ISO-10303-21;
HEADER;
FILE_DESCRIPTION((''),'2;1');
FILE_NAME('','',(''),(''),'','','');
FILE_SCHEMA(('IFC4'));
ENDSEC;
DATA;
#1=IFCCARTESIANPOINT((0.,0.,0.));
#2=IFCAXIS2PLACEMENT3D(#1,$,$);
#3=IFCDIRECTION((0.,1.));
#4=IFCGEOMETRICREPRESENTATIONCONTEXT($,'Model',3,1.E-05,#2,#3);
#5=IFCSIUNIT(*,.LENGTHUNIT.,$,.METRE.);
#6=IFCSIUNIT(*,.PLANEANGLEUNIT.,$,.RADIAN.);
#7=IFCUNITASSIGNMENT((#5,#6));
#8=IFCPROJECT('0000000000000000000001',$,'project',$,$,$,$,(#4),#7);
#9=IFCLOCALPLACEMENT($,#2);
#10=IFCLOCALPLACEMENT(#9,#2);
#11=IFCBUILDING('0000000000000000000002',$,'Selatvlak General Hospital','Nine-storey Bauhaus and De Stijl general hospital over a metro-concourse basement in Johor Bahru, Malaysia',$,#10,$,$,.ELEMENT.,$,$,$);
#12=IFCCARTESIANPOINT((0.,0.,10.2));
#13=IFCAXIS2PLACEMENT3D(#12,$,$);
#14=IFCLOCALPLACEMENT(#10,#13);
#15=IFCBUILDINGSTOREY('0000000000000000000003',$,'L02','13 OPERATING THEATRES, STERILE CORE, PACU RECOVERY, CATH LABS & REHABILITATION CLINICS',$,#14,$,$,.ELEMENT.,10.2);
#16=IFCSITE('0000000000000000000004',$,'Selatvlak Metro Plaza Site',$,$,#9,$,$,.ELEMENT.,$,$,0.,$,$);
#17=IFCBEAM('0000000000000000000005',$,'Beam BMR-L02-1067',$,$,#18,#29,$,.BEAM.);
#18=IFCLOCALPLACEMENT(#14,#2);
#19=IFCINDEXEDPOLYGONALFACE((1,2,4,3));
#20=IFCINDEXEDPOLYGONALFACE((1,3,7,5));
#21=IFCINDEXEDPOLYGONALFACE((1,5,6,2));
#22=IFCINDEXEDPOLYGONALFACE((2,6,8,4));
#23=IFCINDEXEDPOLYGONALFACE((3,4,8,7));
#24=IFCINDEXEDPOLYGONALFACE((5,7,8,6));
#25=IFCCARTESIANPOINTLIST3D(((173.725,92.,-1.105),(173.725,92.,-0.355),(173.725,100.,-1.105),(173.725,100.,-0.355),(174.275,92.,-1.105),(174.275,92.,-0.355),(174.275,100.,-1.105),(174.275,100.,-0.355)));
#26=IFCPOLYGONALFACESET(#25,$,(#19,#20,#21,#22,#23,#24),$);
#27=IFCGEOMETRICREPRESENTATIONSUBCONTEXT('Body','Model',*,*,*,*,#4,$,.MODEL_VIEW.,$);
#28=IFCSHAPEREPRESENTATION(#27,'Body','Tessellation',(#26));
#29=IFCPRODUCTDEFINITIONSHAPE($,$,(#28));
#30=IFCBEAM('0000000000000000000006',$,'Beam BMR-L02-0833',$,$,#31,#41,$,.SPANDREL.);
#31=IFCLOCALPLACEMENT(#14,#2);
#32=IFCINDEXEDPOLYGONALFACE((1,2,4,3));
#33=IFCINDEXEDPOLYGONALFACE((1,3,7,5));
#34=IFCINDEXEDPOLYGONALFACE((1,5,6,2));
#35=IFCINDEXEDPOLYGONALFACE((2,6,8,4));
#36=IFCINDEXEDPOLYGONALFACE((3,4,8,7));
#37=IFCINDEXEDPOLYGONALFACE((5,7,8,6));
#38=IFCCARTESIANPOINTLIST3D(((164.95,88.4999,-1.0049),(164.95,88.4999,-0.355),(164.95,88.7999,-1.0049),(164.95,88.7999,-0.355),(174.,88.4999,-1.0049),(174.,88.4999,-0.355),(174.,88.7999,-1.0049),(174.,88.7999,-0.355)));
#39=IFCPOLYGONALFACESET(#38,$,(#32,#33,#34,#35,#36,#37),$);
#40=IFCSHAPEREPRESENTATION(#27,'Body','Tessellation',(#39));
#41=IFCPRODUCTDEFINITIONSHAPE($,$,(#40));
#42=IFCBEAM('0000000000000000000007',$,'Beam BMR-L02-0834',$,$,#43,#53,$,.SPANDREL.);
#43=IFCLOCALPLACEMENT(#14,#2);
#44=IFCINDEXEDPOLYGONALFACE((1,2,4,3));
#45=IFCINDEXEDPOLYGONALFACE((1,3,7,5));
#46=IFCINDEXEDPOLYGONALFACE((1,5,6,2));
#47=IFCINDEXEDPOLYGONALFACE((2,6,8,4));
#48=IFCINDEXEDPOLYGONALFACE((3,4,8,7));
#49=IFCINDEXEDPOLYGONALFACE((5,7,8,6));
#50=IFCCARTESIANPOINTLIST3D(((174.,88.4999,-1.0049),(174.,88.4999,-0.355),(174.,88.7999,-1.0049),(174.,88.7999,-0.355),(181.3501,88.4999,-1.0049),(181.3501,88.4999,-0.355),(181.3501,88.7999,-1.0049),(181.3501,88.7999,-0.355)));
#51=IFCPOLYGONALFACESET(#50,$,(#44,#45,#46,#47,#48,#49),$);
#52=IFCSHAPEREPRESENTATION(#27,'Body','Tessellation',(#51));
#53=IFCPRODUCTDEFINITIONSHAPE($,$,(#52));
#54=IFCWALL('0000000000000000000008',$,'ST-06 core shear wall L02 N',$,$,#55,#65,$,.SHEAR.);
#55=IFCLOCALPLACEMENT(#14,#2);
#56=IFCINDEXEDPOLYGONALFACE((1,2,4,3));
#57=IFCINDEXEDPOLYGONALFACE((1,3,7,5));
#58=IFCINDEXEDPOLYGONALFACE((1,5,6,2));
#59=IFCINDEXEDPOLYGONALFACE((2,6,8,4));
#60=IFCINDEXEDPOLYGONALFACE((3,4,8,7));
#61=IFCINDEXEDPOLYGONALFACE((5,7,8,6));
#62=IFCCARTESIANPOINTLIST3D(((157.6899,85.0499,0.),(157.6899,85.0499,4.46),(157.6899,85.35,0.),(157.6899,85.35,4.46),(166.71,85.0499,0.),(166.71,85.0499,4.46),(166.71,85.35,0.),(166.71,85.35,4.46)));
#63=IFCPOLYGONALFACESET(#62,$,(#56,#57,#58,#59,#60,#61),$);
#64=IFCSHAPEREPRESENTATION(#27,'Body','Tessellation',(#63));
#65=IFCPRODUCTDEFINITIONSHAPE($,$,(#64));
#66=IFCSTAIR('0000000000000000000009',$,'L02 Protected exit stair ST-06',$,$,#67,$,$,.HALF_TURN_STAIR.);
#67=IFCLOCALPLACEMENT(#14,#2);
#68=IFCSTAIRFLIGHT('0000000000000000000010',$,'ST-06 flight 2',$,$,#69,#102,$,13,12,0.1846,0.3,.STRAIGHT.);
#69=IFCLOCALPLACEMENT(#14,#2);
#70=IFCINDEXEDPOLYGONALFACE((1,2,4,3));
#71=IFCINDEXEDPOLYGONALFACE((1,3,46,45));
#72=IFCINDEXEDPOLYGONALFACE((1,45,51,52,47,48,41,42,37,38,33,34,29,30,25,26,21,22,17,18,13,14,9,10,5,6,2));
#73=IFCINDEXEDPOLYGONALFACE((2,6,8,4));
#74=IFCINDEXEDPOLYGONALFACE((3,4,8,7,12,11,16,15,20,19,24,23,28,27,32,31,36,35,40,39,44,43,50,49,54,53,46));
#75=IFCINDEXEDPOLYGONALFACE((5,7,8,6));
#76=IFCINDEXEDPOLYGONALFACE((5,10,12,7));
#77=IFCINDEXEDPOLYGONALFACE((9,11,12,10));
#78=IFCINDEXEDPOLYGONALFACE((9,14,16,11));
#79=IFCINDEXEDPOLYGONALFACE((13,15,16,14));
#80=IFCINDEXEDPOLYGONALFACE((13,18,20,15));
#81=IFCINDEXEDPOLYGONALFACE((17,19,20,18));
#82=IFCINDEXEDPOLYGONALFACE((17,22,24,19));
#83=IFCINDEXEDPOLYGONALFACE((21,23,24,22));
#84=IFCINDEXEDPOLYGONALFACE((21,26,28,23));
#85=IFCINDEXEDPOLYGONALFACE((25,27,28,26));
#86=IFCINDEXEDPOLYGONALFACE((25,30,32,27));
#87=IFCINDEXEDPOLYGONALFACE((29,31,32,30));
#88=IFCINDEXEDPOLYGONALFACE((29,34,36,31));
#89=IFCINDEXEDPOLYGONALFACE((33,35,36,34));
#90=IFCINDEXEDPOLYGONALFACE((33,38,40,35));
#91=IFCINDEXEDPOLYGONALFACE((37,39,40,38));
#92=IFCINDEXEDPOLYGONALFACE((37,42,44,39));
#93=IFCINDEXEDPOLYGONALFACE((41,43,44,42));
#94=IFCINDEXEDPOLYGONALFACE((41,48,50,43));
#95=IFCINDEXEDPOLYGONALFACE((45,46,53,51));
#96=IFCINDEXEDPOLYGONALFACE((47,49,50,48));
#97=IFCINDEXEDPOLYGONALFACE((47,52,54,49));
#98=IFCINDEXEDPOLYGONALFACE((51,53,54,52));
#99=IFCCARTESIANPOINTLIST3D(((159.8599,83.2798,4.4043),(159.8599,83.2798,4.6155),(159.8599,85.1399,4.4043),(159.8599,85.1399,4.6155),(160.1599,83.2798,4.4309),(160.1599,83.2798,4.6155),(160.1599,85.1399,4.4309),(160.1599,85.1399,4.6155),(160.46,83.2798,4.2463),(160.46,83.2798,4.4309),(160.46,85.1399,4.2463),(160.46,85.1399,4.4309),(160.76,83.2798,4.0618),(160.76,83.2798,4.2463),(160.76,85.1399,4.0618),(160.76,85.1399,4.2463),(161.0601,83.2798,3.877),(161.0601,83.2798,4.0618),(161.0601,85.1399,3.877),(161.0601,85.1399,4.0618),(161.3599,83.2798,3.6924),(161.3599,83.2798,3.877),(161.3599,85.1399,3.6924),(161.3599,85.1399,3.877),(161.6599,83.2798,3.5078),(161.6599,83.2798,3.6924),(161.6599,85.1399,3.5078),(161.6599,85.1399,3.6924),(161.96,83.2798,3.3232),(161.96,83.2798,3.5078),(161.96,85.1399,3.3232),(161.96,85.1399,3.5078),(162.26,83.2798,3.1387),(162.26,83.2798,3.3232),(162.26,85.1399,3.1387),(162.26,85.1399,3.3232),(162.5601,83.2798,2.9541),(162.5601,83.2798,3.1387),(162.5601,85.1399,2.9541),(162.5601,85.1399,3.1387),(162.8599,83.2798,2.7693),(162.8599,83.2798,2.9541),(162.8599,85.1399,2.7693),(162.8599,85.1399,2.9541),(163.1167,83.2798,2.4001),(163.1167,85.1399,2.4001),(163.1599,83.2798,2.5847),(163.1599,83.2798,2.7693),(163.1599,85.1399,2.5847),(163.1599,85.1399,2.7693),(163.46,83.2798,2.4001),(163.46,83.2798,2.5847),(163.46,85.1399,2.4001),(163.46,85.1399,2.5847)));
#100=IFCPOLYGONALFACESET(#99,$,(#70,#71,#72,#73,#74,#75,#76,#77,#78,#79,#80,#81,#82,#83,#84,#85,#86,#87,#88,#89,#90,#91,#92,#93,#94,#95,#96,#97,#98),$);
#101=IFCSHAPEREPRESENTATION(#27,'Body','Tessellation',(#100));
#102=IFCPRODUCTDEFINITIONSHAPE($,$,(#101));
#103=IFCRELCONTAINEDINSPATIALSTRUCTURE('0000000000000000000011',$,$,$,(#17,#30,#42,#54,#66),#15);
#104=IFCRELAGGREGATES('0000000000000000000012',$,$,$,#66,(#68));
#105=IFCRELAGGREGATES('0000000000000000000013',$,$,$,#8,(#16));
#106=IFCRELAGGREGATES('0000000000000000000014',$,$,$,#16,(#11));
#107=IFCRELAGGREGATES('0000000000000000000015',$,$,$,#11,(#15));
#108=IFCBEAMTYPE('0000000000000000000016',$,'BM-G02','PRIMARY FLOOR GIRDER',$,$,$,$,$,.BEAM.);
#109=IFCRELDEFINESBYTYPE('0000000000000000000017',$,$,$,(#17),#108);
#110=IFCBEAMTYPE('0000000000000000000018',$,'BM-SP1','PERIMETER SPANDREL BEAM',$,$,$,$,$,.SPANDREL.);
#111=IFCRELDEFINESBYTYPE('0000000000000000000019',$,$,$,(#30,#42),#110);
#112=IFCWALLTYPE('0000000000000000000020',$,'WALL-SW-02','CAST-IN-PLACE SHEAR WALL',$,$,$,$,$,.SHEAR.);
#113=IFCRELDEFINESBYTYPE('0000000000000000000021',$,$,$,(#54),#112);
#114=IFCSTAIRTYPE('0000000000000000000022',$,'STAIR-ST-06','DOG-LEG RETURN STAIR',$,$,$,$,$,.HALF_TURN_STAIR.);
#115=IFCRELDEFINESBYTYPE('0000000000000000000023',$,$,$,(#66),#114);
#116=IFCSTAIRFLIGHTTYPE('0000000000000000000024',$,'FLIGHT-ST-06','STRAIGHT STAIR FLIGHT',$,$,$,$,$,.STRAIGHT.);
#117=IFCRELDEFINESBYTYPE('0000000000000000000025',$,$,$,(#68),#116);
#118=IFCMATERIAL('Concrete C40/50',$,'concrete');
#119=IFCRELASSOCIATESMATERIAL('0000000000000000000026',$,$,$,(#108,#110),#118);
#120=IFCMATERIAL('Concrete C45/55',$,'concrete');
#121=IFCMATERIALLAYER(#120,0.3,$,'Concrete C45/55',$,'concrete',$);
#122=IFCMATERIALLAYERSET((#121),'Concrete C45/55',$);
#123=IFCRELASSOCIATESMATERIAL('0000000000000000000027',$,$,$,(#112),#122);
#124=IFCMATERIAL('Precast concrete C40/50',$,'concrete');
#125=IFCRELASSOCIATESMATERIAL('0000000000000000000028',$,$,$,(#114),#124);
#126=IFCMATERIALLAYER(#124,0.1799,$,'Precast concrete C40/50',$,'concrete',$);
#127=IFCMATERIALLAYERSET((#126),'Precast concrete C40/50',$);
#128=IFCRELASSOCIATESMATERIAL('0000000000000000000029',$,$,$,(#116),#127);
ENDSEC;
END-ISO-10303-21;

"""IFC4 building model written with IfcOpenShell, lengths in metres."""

from ifc_helpers import new_model, si_unit, direction, frame, frame_2d, origin, origin_2d, place, context, subcontext, project, spatial, polyline, rectangle, outline, extrude, material, layer, layer_set, material_profile, profile_set, type_object, element, aggregate, save


model = new_model("IFC4")

# Units and contexts
model_context = context("Model", 3, precision=1e-05, world=origin(), true_north=direction((0.0, 1.0)))
body_context = subcontext(model_context, "Body", "Model", "MODEL_VIEW")
ifc_project = project(units=[si_unit("LENGTHUNIT", "METRE"), si_unit("PLANEANGLEUNIT", "RADIAN")], contexts=[model_context])

# Site, building, storey
site_placement = place(None, origin())
site = spatial("IfcSite", under=ifc_project, at=site_placement, Name="Selatvlak Metro Plaza Site", CompositionType="ELEMENT", RefElevation=0.0)
building_placement = place(site_placement, origin())
building = spatial("IfcBuilding", under=site, at=building_placement, Name="Selatvlak General Hospital", Description="Nine-storey Bauhaus and De Stijl general hospital over a metro-concourse basement in Johor Bahru, Malaysia", CompositionType="ELEMENT")
storey_placement = place(building_placement, frame((0.0, 0.0, 10.2)))
storey = spatial("IfcBuildingStorey", under=building, at=storey_placement, Name="L02", Description="13 OPERATING THEATRES, STERILE CORE, PACU RECOVERY, CATH LABS & REHABILITATION CLINICS", CompositionType="ELEMENT", Elevation=10.2)

# Beams
ifc_material_1 = material(Name="Concrete C40/50", Category="concrete")
ifc_material_profile_1 = material_profile(ifc_material_1, rectangle(XDim=0.55, YDim=0.75, at=origin_2d()), Name="RC-BM 550x750")
ifc_profile_set_1 = profile_set([ifc_material_profile_1], Name="Concrete C40/50")
beam_type_1 = type_object("IfcBeamType", Name="BM-G02", Description="PRIMARY FLOOR GIRDER", PredefinedType="BEAM", material=ifc_profile_set_1)
beam_1_placement = place(storey_placement, frame((174.0, 92.0, -0.73), z_axis=(0.0, 1.0, 0.0), x_axis=(-1.0, 0.0, 0.0)))
element("IfcBeam", 1, at=beam_1_placement, inside=storey, type_object=beam_type_1, Name="Beam BMR-L02-1067", PredefinedType="BEAM", context=body_context, shape_type="SweptSolid", body=[
    extrude(rectangle(XDim=0.55, YDim=0.75, at=origin_2d()), origin(), (0.0, 0.0, 1.0), 8.0),
])
ifc_material_profile_2 = material_profile(ifc_material_1, rectangle(XDim=0.3, YDim=0.6499, at=origin_2d()), Name="RC-SP 300x650")
ifc_profile_set_2 = profile_set([ifc_material_profile_2], Name="Concrete C40/50")
beam_type_2 = type_object("IfcBeamType", Name="BM-SP1", Description="PERIMETER SPANDREL BEAM", PredefinedType="SPANDREL", material=ifc_profile_set_2)
beam_2_placement = place(storey_placement, frame((164.95, 88.6499, -0.6799), z_axis=(1.0, 0.0, 0.0), x_axis=(0.0, 1.0, 0.0)))
element("IfcBeam", 2, at=beam_2_placement, inside=storey, type_object=beam_type_2, Name="Beam BMR-L02-0833", PredefinedType="SPANDREL", context=body_context, shape_type="SweptSolid", body=[
    extrude(rectangle(XDim=0.3, YDim=0.6499, at=origin_2d()), origin(), (0.0, 0.0, 1.0), 9.05),
])
beam_3_placement = place(storey_placement, frame((174.0, 88.6499, -0.6799), z_axis=(1.0, 0.0, 0.0), x_axis=(0.0, 1.0, 0.0)))
element("IfcBeam", 3, at=beam_3_placement, inside=storey, type_object=beam_type_2, Name="Beam BMR-L02-0834", PredefinedType="SPANDREL", context=body_context, shape_type="SweptSolid", body=[
    extrude(rectangle(XDim=0.3, YDim=0.6499, at=origin_2d()), origin(), (0.0, 0.0, 1.0), 7.3501),
])

# Wall
ifc_material_2 = material(Name="Concrete C45/55", Category="concrete")
ifc_layer_1 = layer(ifc_material_2, 0.3, Name="Concrete C45/55", Category="concrete")
ifc_layer_set_1 = layer_set([ifc_layer_1], Name="Concrete C45/55")
wall_type = type_object("IfcWallType", Name="WALL-SW-02", Description="CAST-IN-PLACE SHEAR WALL", PredefinedType="SHEAR", material=ifc_layer_set_1)
wall_1_placement = place(storey_placement, frame((166.71, 85.2, 0.0), z_axis=(0.0, 0.0, 1.0), x_axis=(-1.0, 0.0, 0.0)))
element("IfcWall", 4, at=wall_1_placement, inside=storey, type_object=wall_type, Name="ST-06 core shear wall L02 N", PredefinedType="SHEAR", context=body_context, shape_type="SweptSolid", body=[
    extrude(rectangle(XDim=9.02, YDim=0.3, at=frame_2d((4.51, 0.0))), origin(), (0.0, 0.0, 1.0), 4.46),
])

# Stair, stair flight
ifc_material_3 = material(Name="Precast concrete C40/50", Category="concrete")
stair_type = type_object("IfcStairType", Name="STAIR-ST-06", Description="DOG-LEG RETURN STAIR", PredefinedType="HALF_TURN_STAIR", material=ifc_material_3)
stair_placement = place(storey_placement, origin())
stair = element("IfcStair", 5, at=stair_placement, inside=storey, type_object=stair_type, Name="L02 Protected exit stair ST-06", PredefinedType="HALF_TURN_STAIR")
ifc_layer_2 = layer(ifc_material_3, 0.1799, Name="Precast concrete C40/50", Category="concrete")
ifc_layer_set_2 = layer_set([ifc_layer_2], Name="Precast concrete C40/50")
stair_flight_type = type_object("IfcStairFlightType", Name="FLIGHT-ST-06", Description="STRAIGHT STAIR FLIGHT", PredefinedType="STRAIGHT", material=ifc_layer_set_2)
stair_flight_placement = place(storey_placement, frame((163.46, 84.21, 2.4001), z_axis=(0.0, 0.0, 1.0), x_axis=(-1.0, 0.0, 0.0)))
stair_flight = element("IfcStairFlight", 6, at=stair_flight_placement, type_object=stair_flight_type, Name="ST-06 flight 2", NumberOfRisers=13, NumberOfTreads=12, PredefinedType="STRAIGHT", RiserHeight=0.1846, TreadLength=0.3, context=body_context, shape_type="SweptSolid", body=[
    extrude(outline(polyline([(0.0, 0.0), (0.0, 0.1846), (0.3, 0.1846), (0.3, 0.3691), (0.6001, 0.3691), (0.6001, 0.554), (0.8999, 0.554), (0.8999, 0.7385), (1.2, 0.7385), (1.2, 0.9231), (1.5, 0.9231), (1.5, 1.1077), (1.8, 1.1077), (1.8, 1.2922), (2.1001, 1.2922), (2.1001, 1.4768), (2.3999, 1.4768), (2.3999, 1.6616), (2.7, 1.6616), (2.7, 1.8462), (3.0, 1.8462), (3.0, 2.0308), (3.3, 2.0308), (3.3, 2.2153), (3.6001, 2.2153), (3.6001, 2.3999), (3.6001, 2.0042), (0.3433, 0.0), (0.0, 0.0)])), frame((0.0, 0.9302, 0.0), z_axis=(0.0, -1.0, 0.0), x_axis=(1.0, 0.0, 0.0)), (0.0, 0.0, 1.0), 1.8601),
])
aggregate(stair, [stair_flight])

save(model, "model.ifc")
